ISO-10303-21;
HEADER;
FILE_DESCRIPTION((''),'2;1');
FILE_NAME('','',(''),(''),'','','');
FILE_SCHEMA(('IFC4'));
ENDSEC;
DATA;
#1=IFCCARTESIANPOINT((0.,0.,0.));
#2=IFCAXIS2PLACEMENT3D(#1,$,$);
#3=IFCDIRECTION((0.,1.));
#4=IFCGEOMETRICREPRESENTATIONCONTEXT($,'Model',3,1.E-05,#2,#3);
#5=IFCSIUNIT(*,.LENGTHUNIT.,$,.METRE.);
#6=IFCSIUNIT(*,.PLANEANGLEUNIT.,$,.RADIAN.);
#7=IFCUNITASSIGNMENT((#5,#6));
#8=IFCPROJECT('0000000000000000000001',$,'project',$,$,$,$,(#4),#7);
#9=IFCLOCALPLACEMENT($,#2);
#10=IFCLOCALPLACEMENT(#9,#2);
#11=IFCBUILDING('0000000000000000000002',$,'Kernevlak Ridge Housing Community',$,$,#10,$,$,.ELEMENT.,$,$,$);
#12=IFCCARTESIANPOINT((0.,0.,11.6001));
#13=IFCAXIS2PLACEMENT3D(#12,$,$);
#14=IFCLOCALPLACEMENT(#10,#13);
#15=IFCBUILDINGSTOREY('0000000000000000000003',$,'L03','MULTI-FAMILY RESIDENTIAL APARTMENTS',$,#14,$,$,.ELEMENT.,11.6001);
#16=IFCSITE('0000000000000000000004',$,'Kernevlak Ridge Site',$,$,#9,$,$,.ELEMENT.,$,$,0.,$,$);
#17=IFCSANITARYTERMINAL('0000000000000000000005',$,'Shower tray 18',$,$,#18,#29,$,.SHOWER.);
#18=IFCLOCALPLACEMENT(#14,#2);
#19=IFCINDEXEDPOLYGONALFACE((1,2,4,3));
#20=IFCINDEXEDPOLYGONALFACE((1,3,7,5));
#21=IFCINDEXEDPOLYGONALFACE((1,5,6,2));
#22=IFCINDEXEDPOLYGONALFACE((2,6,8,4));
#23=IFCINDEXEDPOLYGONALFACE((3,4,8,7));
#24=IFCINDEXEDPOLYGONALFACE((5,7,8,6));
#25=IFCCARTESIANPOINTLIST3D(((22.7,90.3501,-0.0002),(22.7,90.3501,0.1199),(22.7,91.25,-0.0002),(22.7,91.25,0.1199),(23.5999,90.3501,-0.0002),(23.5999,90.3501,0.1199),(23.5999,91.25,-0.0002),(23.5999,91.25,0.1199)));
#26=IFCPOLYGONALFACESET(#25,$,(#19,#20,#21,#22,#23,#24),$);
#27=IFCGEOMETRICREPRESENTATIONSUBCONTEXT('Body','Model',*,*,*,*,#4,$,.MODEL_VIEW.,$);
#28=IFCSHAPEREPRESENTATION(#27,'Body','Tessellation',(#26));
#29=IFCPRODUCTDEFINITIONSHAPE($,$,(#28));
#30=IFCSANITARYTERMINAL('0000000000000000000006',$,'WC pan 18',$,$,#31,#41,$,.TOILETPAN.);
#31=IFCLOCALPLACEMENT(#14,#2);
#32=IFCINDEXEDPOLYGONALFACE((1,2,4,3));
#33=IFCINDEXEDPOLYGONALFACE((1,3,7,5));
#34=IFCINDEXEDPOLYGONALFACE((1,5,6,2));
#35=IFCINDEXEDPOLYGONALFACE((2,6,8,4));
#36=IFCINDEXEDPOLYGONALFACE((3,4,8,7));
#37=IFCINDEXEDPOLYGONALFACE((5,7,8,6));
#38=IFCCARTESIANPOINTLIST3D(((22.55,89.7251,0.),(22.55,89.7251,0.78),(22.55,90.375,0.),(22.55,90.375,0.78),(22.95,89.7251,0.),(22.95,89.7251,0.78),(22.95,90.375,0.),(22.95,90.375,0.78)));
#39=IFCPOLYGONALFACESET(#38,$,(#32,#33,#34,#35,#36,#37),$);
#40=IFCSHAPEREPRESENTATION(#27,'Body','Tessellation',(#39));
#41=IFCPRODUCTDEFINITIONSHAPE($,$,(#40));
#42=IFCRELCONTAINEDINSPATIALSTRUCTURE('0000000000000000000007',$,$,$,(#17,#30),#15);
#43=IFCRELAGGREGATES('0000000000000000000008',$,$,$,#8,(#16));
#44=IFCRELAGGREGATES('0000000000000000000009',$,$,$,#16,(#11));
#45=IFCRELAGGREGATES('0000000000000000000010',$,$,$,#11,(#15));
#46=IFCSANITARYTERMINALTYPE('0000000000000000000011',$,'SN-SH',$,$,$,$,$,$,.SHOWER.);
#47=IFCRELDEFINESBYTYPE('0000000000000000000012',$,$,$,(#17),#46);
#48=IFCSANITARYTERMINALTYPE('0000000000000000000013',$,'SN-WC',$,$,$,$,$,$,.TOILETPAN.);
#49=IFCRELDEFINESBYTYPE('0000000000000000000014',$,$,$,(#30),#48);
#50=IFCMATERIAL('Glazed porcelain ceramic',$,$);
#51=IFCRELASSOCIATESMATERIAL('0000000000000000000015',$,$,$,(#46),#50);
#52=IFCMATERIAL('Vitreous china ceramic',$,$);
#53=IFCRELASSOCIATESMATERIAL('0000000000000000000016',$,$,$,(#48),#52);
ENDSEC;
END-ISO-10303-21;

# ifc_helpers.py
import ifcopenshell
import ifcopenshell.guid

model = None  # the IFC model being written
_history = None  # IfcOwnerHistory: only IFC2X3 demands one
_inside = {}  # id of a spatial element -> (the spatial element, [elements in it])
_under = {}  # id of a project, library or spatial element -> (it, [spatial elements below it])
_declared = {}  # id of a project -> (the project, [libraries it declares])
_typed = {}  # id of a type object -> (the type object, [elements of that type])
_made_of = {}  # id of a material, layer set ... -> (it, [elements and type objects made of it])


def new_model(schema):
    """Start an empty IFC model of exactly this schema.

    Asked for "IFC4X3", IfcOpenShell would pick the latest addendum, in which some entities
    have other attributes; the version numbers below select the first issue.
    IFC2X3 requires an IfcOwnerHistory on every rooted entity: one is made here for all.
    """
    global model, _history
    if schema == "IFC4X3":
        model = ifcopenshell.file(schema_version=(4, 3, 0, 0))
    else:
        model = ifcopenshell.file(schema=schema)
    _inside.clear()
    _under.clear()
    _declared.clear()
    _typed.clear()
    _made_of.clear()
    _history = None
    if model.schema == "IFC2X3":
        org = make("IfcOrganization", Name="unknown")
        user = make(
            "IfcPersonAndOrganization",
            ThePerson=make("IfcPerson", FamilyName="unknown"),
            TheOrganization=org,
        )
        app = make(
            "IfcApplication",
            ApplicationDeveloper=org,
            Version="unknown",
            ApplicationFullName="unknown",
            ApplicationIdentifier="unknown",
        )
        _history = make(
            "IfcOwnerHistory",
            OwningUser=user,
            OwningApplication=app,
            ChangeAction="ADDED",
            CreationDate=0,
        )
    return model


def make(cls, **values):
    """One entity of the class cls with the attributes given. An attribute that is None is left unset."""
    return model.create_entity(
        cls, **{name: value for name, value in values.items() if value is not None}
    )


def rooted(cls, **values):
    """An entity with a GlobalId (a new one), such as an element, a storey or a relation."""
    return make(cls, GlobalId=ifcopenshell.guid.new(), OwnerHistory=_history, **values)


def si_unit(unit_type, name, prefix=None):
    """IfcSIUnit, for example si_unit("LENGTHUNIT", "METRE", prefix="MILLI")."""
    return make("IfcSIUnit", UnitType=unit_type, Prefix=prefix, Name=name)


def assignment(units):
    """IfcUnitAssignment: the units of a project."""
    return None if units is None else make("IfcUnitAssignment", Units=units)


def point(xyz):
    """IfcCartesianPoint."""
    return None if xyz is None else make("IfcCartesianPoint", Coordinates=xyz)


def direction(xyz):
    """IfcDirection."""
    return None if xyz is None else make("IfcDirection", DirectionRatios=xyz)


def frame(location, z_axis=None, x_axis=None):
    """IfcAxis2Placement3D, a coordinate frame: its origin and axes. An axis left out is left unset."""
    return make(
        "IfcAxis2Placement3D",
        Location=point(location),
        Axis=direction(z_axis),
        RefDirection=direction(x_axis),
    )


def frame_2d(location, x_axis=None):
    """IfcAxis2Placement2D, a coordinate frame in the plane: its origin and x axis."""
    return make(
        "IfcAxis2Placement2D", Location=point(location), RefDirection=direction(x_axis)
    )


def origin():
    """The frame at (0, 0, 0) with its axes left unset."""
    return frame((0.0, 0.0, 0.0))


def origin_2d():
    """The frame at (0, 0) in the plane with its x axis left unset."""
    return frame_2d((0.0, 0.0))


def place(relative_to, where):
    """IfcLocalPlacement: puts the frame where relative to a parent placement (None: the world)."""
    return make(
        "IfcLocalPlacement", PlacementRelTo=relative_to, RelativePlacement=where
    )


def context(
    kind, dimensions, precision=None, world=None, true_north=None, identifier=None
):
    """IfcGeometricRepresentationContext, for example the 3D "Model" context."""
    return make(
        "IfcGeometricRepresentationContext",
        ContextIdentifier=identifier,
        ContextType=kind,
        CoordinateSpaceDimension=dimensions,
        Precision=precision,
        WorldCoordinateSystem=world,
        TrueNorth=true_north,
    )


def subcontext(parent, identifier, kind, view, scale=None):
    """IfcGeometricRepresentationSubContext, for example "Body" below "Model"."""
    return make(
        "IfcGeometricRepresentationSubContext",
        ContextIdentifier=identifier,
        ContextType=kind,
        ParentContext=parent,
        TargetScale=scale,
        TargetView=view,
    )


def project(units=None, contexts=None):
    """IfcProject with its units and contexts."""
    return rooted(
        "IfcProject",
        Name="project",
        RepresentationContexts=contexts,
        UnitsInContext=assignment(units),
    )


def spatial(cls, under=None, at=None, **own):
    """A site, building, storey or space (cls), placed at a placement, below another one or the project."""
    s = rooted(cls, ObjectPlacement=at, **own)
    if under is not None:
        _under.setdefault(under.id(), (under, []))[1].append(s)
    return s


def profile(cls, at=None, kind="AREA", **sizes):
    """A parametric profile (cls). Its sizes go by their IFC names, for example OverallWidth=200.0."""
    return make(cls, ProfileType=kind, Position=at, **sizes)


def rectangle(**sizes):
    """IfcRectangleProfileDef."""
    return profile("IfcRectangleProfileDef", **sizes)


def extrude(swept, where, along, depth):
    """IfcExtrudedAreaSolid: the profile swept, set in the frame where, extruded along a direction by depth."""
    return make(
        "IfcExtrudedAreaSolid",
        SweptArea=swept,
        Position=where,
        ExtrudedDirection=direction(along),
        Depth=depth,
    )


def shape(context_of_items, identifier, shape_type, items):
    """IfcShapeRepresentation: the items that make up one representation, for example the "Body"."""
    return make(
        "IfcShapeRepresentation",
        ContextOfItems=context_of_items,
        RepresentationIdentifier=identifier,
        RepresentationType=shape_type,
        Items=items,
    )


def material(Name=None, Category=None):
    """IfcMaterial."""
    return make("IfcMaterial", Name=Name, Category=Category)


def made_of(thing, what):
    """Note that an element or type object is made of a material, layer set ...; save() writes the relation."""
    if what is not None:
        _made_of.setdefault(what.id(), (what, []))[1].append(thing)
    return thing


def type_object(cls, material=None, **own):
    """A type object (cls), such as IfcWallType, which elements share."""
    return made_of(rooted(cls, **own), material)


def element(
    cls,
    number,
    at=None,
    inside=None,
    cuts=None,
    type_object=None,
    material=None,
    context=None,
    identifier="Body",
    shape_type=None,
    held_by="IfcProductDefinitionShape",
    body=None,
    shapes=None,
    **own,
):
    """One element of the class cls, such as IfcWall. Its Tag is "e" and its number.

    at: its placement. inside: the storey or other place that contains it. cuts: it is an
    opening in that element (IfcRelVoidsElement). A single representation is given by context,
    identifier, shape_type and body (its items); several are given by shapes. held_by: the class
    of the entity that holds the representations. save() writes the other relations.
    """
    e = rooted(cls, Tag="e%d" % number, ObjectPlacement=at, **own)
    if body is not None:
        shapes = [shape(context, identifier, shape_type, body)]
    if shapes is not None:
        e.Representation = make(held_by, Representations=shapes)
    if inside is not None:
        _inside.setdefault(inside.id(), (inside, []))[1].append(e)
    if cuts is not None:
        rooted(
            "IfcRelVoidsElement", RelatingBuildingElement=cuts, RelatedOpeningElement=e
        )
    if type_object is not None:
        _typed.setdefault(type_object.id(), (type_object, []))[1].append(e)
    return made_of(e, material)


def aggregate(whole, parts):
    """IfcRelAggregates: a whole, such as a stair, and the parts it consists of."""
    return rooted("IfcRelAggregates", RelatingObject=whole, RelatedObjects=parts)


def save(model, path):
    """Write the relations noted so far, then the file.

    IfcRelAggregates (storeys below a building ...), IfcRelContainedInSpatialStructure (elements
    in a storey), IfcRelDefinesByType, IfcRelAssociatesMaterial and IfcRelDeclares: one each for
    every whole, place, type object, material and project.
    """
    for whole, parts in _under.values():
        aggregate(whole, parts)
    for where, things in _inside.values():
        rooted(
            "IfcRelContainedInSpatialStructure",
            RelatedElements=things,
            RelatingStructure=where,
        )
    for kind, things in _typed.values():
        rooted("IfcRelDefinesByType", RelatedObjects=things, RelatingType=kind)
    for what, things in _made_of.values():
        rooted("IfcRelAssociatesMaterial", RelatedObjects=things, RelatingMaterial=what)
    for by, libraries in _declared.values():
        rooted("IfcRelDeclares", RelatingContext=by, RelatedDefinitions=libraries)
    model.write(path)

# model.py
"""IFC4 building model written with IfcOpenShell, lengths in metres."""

from ifc_helpers import new_model, si_unit, direction, frame, origin, origin_2d, place, context, subcontext, project, spatial, rectangle, extrude, material, type_object, element, save


model = new_model("IFC4")

# Units and contexts
model_context = context("Model", 3, precision=1e-05, world=origin(), true_north=direction((0.0, 1.0)))
body_context = subcontext(model_context, "Body", "Model", "MODEL_VIEW")
ifc_project = project(units=[si_unit("LENGTHUNIT", "METRE"), si_unit("PLANEANGLEUNIT", "RADIAN")], contexts=[model_context])

# Site, building, storey
site_placement = place(None, origin())
site = spatial("IfcSite", under=ifc_project, at=site_placement, Name="Kernevlak Ridge Site", CompositionType="ELEMENT", RefElevation=0.0)
building_placement = place(site_placement, origin())
building = spatial("IfcBuilding", under=site, at=building_placement, Name="Kernevlak Ridge Housing Community", CompositionType="ELEMENT")
storey_placement = place(building_placement, frame((0.0, 0.0, 11.6001)))
storey = spatial("IfcBuildingStorey", under=building, at=storey_placement, Name="L03", Description="MULTI-FAMILY RESIDENTIAL APARTMENTS", CompositionType="ELEMENT", Elevation=11.6001)

# Sanitary terminals
ifc_material_1 = material(Name="Vitreous china ceramic")
ifc_material_2 = material(Name="Glazed porcelain ceramic")
sanitary_terminal_type_1 = type_object("IfcSanitaryTerminalType", Name="SN-SH", PredefinedType="SHOWER", material=ifc_material_2)
sanitary_terminal_1_placement = place(storey_placement, frame((23.1499, 90.8, -0.0002), z_axis=(0.0, 0.0, 1.0), x_axis=(1.0, 0.0, 0.0)))
element("IfcSanitaryTerminal", 1, at=sanitary_terminal_1_placement, inside=storey, type_object=sanitary_terminal_type_1, Name="Shower tray 18", PredefinedType="SHOWER", context=body_context, shape_type="SweptSolid", body=[
    extrude(rectangle(XDim=0.8999, YDim=0.8999, at=origin_2d()), origin(), (0.0, 0.0, 1.0), 0.1201),
])
sanitary_terminal_type_2 = type_object("IfcSanitaryTerminalType", Name="SN-WC", PredefinedType="TOILETPAN", material=ifc_material_1)
sanitary_terminal_2_placement = place(storey_placement, frame((22.75, 90.05, 0.0), z_axis=(0.0, 0.0, 1.0), x_axis=(1.0, 0.0, 0.0)))
element("IfcSanitaryTerminal", 2, at=sanitary_terminal_2_placement, inside=storey, type_object=sanitary_terminal_type_2, Name="WC pan 18", PredefinedType="TOILETPAN", context=body_context, shape_type="SweptSolid", body=[
    extrude(rectangle(XDim=0.3999, YDim=0.6499, at=origin_2d()), origin(), (0.0, 0.0, 1.0), 0.78),
])

save(model, "model.ifc")
